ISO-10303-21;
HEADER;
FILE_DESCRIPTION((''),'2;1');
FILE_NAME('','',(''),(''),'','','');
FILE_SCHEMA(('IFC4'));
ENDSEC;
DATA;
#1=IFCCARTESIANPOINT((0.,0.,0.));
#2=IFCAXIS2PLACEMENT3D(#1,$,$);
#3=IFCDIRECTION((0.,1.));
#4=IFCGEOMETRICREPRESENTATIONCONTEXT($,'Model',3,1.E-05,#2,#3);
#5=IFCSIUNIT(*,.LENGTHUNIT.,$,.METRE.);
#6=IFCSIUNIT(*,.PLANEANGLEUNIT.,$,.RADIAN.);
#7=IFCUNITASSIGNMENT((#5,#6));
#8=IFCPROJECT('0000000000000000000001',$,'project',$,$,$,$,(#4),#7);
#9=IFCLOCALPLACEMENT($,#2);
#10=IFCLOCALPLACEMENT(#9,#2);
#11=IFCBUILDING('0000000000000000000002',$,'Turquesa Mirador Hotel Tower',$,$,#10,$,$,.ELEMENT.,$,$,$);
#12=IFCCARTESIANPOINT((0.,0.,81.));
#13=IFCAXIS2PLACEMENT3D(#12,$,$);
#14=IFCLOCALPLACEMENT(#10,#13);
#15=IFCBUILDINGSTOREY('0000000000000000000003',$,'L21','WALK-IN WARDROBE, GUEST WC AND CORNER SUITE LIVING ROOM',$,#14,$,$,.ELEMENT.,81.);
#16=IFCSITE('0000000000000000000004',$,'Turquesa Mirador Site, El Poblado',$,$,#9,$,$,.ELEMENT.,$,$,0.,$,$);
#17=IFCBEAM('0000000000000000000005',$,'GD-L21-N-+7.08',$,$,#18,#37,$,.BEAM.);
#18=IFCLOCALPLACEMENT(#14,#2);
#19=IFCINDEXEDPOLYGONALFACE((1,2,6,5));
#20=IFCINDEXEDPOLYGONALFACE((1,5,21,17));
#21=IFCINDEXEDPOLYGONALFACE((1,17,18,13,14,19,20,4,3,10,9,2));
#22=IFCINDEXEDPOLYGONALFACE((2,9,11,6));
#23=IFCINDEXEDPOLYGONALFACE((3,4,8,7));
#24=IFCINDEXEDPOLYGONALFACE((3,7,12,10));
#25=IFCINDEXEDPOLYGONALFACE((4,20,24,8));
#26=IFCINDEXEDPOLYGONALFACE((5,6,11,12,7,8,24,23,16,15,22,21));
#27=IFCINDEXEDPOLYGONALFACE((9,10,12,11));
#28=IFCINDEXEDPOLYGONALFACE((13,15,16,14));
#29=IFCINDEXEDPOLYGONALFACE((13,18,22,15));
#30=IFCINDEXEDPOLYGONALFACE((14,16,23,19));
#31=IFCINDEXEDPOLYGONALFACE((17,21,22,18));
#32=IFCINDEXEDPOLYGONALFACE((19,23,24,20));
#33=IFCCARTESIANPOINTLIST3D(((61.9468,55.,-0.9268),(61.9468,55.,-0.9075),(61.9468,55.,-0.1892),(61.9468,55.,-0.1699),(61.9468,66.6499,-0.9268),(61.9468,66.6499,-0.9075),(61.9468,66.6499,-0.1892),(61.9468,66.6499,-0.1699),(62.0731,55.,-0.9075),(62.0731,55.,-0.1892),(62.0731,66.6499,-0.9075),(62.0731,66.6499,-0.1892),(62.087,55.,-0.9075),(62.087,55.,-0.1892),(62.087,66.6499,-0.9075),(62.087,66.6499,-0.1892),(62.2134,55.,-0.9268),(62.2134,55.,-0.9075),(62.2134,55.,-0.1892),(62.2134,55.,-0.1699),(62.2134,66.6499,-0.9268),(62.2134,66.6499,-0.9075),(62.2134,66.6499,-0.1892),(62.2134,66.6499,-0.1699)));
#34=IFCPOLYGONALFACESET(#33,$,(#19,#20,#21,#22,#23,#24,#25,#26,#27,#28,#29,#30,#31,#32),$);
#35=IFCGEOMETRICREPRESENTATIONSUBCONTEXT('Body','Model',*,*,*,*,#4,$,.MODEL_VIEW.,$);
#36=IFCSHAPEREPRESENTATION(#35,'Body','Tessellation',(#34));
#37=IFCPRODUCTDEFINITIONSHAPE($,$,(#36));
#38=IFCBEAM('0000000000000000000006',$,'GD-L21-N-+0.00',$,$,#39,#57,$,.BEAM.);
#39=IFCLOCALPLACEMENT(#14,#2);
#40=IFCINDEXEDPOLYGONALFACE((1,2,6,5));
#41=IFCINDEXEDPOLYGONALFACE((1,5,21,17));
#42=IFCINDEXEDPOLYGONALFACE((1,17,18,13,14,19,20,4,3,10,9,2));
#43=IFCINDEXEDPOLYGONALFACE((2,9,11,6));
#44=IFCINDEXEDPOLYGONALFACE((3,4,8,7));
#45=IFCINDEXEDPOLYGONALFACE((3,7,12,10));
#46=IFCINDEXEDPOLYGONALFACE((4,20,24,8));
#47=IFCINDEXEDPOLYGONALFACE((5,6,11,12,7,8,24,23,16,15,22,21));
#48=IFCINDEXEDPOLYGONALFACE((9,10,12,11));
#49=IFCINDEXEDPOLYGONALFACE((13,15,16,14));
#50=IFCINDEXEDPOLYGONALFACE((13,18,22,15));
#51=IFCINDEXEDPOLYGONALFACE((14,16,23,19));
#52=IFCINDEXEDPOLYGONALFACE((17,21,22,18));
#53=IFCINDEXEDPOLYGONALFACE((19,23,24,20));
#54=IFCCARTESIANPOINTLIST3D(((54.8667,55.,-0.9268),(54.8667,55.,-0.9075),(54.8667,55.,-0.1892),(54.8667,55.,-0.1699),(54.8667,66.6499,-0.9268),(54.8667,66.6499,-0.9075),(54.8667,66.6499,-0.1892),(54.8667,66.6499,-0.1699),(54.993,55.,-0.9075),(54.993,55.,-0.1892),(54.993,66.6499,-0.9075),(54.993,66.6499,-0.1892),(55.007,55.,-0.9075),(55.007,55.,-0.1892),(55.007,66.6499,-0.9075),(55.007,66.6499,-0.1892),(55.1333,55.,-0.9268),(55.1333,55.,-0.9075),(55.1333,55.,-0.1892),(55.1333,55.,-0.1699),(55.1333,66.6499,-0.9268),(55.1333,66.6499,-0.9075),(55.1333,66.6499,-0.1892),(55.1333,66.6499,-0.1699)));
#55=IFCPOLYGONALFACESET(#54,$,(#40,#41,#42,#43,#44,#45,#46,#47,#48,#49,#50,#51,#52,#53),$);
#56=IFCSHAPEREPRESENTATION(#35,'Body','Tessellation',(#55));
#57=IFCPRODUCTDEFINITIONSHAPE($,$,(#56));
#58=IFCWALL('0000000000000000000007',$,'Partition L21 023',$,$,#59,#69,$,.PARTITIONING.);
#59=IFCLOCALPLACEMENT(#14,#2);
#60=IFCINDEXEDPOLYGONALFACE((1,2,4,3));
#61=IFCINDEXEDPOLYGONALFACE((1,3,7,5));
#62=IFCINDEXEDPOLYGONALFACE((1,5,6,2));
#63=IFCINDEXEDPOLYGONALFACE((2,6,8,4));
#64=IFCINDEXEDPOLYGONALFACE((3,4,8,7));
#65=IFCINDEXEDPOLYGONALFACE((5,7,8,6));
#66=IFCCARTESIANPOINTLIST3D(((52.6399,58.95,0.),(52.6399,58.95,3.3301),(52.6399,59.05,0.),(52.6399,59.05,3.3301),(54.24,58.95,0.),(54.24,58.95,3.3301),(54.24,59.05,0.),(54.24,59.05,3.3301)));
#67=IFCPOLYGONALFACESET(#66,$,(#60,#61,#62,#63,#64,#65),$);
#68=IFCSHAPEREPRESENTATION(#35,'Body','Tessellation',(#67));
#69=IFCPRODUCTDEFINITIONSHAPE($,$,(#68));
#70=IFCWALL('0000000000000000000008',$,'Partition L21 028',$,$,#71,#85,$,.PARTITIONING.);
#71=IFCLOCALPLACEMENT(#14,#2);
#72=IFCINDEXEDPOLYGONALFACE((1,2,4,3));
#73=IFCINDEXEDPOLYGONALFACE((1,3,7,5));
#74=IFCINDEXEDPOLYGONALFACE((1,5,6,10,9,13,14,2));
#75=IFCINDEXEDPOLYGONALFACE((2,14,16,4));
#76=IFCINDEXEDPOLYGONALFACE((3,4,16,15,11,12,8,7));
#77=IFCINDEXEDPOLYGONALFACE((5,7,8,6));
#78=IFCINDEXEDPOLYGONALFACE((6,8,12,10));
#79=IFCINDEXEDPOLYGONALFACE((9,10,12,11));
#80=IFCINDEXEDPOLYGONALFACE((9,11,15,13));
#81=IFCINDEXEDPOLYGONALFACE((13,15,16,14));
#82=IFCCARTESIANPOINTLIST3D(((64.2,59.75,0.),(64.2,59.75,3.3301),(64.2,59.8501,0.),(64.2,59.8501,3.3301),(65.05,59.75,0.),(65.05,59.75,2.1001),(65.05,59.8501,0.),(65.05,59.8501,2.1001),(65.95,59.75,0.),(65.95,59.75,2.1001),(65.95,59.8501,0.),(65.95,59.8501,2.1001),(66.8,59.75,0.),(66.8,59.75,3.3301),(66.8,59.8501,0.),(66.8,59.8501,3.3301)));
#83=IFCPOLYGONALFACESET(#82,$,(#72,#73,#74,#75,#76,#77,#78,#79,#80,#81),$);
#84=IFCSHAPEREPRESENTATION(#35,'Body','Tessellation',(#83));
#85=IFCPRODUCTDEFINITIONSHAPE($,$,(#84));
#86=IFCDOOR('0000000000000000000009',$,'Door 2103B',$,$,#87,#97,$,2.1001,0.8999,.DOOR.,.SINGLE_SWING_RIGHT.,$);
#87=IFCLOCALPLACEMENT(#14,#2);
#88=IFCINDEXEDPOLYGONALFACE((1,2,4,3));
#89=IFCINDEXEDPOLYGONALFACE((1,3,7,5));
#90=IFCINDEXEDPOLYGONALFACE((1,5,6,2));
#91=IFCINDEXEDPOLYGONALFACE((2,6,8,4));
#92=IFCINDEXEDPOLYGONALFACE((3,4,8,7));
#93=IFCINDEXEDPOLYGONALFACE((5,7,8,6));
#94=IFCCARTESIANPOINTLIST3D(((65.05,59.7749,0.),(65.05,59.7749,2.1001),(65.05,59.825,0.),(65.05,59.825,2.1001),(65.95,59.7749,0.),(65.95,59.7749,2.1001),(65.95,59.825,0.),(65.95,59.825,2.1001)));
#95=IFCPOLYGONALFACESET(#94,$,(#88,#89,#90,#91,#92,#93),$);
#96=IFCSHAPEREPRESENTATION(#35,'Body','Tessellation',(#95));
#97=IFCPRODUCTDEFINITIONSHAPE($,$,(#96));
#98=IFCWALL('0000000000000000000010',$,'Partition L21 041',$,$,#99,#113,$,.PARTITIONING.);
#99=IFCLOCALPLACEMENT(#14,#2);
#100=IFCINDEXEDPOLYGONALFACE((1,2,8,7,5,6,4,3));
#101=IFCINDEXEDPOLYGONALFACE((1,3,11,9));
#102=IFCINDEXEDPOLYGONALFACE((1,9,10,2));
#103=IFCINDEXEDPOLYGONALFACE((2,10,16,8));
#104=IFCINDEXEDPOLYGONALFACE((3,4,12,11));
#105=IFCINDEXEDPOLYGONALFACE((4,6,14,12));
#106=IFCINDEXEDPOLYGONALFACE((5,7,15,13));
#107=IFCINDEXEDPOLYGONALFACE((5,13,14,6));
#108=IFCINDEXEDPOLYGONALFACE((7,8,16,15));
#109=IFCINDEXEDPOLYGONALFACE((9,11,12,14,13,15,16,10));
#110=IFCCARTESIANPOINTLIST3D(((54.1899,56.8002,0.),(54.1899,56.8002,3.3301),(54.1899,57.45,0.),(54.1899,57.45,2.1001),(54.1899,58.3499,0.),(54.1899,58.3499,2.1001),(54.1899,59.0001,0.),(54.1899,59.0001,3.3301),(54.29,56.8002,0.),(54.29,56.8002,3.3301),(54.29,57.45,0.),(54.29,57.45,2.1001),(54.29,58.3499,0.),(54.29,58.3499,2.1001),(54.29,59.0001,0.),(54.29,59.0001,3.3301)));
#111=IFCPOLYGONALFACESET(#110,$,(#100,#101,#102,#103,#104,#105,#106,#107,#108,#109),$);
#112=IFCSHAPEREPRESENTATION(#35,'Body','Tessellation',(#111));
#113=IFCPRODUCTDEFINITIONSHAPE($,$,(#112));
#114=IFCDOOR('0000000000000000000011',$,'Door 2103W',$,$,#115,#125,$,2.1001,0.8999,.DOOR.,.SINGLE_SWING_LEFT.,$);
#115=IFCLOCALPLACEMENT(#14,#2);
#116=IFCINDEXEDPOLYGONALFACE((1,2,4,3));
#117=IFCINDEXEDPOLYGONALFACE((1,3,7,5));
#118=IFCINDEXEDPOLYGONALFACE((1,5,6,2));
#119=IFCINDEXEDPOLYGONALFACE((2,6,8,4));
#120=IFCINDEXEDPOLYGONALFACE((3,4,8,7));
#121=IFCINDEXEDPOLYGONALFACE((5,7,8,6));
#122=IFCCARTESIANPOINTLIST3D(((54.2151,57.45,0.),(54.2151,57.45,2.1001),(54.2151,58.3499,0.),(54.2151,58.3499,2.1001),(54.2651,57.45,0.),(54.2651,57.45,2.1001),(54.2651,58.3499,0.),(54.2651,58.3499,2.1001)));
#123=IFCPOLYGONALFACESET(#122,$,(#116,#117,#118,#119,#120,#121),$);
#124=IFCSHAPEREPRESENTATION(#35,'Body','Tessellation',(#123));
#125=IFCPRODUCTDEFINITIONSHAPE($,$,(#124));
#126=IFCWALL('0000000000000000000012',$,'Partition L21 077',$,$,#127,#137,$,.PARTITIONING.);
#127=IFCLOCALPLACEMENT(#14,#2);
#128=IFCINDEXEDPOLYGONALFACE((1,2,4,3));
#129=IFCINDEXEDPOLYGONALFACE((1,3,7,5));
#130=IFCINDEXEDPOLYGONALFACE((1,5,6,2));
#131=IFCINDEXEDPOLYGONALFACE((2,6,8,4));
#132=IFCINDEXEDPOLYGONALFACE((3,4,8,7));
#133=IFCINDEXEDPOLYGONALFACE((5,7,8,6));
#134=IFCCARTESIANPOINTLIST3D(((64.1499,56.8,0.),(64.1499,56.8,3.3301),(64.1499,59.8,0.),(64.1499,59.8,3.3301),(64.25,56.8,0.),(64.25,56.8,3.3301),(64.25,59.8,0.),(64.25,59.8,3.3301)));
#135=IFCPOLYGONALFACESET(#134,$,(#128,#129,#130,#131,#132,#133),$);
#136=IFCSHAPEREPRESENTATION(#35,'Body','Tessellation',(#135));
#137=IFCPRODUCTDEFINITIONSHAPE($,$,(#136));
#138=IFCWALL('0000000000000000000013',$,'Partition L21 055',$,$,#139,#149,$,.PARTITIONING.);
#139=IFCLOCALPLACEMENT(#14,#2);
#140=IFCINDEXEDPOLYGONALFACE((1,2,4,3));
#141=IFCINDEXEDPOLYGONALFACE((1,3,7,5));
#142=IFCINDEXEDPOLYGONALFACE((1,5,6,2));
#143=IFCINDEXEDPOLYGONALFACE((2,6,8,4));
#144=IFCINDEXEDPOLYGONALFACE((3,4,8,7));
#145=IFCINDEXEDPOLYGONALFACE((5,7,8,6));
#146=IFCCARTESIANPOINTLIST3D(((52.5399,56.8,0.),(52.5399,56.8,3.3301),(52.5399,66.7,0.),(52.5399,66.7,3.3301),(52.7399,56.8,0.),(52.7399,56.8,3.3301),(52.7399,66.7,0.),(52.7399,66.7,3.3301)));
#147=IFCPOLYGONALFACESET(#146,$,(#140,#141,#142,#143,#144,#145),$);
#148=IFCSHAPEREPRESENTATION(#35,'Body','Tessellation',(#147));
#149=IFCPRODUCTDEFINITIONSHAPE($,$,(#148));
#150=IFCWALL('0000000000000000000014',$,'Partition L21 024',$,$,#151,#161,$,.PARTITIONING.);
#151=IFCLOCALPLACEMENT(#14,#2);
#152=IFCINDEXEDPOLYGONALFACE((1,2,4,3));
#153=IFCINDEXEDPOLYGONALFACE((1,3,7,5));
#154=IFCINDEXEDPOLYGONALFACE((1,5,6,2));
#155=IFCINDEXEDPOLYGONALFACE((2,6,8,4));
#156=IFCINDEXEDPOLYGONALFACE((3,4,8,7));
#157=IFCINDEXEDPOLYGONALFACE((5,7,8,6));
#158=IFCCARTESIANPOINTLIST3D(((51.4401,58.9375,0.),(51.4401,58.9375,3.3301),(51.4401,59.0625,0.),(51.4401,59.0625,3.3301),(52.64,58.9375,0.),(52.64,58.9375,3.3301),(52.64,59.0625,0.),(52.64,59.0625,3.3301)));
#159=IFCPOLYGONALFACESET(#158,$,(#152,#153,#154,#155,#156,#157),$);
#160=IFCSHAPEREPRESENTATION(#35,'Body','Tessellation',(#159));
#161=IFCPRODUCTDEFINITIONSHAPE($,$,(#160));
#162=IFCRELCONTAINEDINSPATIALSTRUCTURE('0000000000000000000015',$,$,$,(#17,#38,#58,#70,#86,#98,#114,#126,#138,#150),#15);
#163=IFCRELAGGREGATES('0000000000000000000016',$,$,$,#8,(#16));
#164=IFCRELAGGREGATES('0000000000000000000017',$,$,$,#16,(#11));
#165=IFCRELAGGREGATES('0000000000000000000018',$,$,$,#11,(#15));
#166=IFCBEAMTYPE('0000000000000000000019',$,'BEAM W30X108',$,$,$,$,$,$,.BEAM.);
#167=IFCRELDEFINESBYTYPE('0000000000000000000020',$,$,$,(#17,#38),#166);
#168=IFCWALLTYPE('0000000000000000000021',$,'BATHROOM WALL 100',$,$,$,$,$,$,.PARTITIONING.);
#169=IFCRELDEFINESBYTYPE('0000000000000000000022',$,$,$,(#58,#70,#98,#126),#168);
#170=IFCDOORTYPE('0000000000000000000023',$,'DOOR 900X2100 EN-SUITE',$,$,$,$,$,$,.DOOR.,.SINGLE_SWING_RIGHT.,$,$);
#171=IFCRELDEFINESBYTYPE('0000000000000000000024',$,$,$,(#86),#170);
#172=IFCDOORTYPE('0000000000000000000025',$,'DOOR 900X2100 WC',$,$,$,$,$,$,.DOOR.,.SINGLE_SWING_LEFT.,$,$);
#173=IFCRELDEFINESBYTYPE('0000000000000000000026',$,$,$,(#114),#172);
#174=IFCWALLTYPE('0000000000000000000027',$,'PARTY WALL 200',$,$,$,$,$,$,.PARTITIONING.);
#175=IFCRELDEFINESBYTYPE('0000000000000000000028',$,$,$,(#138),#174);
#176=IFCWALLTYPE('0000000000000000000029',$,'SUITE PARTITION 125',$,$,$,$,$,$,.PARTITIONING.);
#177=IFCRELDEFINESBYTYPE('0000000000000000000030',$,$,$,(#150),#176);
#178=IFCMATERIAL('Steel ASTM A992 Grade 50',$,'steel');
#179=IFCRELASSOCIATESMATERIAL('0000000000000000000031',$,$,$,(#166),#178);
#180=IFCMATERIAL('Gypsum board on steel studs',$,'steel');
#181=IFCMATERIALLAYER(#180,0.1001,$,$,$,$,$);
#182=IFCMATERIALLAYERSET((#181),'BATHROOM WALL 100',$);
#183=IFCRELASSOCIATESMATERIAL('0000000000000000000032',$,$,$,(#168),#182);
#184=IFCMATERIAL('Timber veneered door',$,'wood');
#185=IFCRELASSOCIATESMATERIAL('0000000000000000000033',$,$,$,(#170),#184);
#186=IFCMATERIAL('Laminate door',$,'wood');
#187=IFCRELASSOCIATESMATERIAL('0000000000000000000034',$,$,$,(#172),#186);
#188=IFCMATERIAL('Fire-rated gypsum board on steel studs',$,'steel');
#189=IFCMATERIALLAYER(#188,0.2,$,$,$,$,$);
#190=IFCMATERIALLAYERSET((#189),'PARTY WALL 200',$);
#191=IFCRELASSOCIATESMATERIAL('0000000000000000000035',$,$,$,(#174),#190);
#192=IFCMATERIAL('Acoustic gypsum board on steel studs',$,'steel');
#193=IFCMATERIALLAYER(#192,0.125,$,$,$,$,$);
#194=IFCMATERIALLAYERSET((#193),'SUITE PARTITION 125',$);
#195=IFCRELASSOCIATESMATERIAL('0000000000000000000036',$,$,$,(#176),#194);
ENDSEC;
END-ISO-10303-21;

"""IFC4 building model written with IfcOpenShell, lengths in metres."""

from ifc_helpers import new_model, si_unit, direction, frame, frame_2d, origin, origin_2d, place, context, subcontext, project, spatial, rectangle, i_section, extrude, material, layer, layer_set, material_profile, profile_set, type_object, element, fill, save


model = new_model("IFC4")

# Units and contexts
model_context = context("Model", 3, precision=1e-05, world=origin(), true_north=direction((0.0, 1.0)))
body_context = subcontext(model_context, "Body", "Model", "MODEL_VIEW")
ifc_project = project(units=[si_unit("LENGTHUNIT", "METRE"), si_unit("PLANEANGLEUNIT", "RADIAN")], contexts=[model_context])

# Site, building, storey
site_placement = place(None, origin())
site = spatial("IfcSite", under=ifc_project, at=site_placement, Name="Turquesa Mirador Site, El Poblado", CompositionType="ELEMENT", RefElevation=0.0)
building_placement = place(site_placement, origin())
building = spatial("IfcBuilding", under=site, at=building_placement, Name="Turquesa Mirador Hotel Tower", CompositionType="ELEMENT")
storey_placement = place(building_placement, frame((0.0, 0.0, 81.0)))
storey = spatial("IfcBuildingStorey", under=building, at=storey_placement, Name="L21", Description="WALK-IN WARDROBE, GUEST WC AND CORNER SUITE LIVING ROOM", CompositionType="ELEMENT", Elevation=81.0)

# Beams
ifc_material_1 = material(Name="Steel ASTM A992 Grade 50", Category="steel")
ifc_material_profile_1 = material_profile(ifc_material_1, i_section(OverallWidth=0.2666, OverallDepth=0.7568, WebThickness=0.0139, FlangeThickness=0.0193, at=origin_2d()), Name="W30X108")
ifc_profile_set_1 = profile_set([ifc_material_profile_1], Name="Steel ASTM A992 Grade 50")
beam_type_1 = type_object("IfcBeamType", Name="BEAM W30X108", PredefinedType="BEAM", material=ifc_profile_set_1)
for number, where, z_axis, x_axis, name in (
    (1, (62.0801, 66.6499, -0.5483), (0.0, -1.0, 0.0), (1.0, 0.0, 0.0), "GD-L21-N-+7.08"),
    (2, (55.0, 66.6499, -0.5483), (0.0, -1.0, 0.0), (1.0, 0.0, 0.0), "GD-L21-N-+0.00"),
):
    element("IfcBeam", number, at=place(storey_placement, frame(where, z_axis=z_axis, x_axis=x_axis)), inside=storey, type_object=beam_type_1, Name=name, PredefinedType="BEAM", context=body_context, shape_type="SweptSolid", body=[
        extrude(i_section(OverallWidth=0.2666, OverallDepth=0.7568, WebThickness=0.0139, FlangeThickness=0.0193, at=origin_2d()), origin(), (0.0, 0.0, 1.0), 11.6499),
    ])

# Wall
ifc_material_2 = material(Name="Gypsum board on steel studs", Category="steel")
ifc_layer_1 = layer(ifc_material_2, 0.1001)
ifc_layer_set_1 = layer_set([ifc_layer_1], Name="BATHROOM WALL 100")
wall_type_1 = type_object("IfcWallType", Name="BATHROOM WALL 100", PredefinedType="PARTITIONING", material=ifc_layer_set_1)
wall_1_placement = place(storey_placement, frame((52.6399, 59.0, 0.0), z_axis=(0.0, 0.0, 1.0), x_axis=(1.0, 0.0, 0.0)))
element("IfcWall", 3, at=wall_1_placement, inside=storey, type_object=wall_type_1, Name="Partition L21 023", PredefinedType="PARTITIONING", context=body_context, shape_type="SweptSolid", body=[
    extrude(rectangle(XDim=1.6001, YDim=0.1001, at=frame_2d((0.8, 0.0))), origin(), (0.0, 0.0, 1.0), 3.3301),
])

# Walls, openings, doors
wall_2_placement = place(storey_placement, frame((64.2, 59.8, 0.0), z_axis=(0.0, 0.0, 1.0), x_axis=(1.0, 0.0, 0.0)))
wall_2 = element("IfcWall", 4, at=wall_2_placement, inside=storey, type_object=wall_type_1, Name="Partition L21 028", PredefinedType="PARTITIONING", context=body_context, shape_type="SweptSolid", body=[
    extrude(rectangle(XDim=2.6001, YDim=0.1001, at=frame_2d((1.3, 0.0))), origin(), (0.0, 0.0, 1.0), 3.3301),
])
opening_1_placement = place(wall_2_placement, frame((0.8501, 0.0, 0.0)))
opening_1 = element("IfcOpeningElement", 5, at=opening_1_placement, cuts=wall_2, PredefinedType="OPENING", context=body_context, shape_type="SweptSolid", body=[
    extrude(rectangle(XDim=0.8999, YDim=2.1001, at=frame_2d((0.45, 1.05))), frame((0.0, 0.0601, 0.0), z_axis=(0.0, -1.0, 0.0), x_axis=(1.0, 0.0, 0.0)), (0.0, 0.0, 1.0), 0.1201),
])
ifc_material_3 = material(Name="Timber veneered door", Category="wood")
door_type_1 = type_object("IfcDoorType", Name="DOOR 900X2100 EN-SUITE", OperationType="SINGLE_SWING_RIGHT", PredefinedType="DOOR", material=ifc_material_3)
door_1_placement = place(opening_1_placement, origin())
door_1 = element("IfcDoor", 6, at=door_1_placement, inside=storey, type_object=door_type_1, Name="Door 2103B", OperationType="SINGLE_SWING_RIGHT", OverallHeight=2.1001, OverallWidth=0.8999, PredefinedType="DOOR", context=body_context, shape_type="SweptSolid", body=[
    extrude(rectangle(XDim=0.8999, YDim=2.1001, at=frame_2d((0.45, 1.05))), frame((0.0, 0.0249, 0.0), z_axis=(0.0, -1.0, 0.0), x_axis=(1.0, 0.0, 0.0)), (0.0, 0.0, 1.0), 0.05),
])
fill(opening_1, door_1)
wall_3_placement = place(storey_placement, frame((54.24, 56.8, 0.0), z_axis=(0.0, 0.0, 1.0), x_axis=(0.0, 1.0, 0.0)))
wall_3 = element("IfcWall", 7, at=wall_3_placement, inside=storey, type_object=wall_type_1, Name="Partition L21 041", PredefinedType="PARTITIONING", context=body_context, shape_type="SweptSolid", body=[
    extrude(rectangle(XDim=2.2, YDim=0.1001, at=frame_2d((1.1001, 0.0))), origin(), (0.0, 0.0, 1.0), 3.3301),
])
opening_2_placement = place(wall_3_placement, frame((0.6499, 0.0, 0.0)))
opening_2 = element("IfcOpeningElement", 8, at=opening_2_placement, cuts=wall_3, PredefinedType="OPENING", context=body_context, shape_type="SweptSolid", body=[
    extrude(rectangle(XDim=0.8999, YDim=2.1001, at=frame_2d((0.45, 1.05))), frame((0.0, 0.0601, 0.0), z_axis=(0.0, -1.0, 0.0), x_axis=(1.0, 0.0, 0.0)), (0.0, 0.0, 1.0), 0.1201),
])
ifc_material_4 = material(Name="Laminate door", Category="wood")
door_type_2 = type_object("IfcDoorType", Name="DOOR 900X2100 WC", OperationType="SINGLE_SWING_LEFT", PredefinedType="DOOR", material=ifc_material_4)
door_2_placement = place(opening_2_placement, origin())
door_2 = element("IfcDoor", 9, at=door_2_placement, inside=storey, type_object=door_type_2, Name="Door 2103W", OperationType="SINGLE_SWING_LEFT", OverallHeight=2.1001, OverallWidth=0.8999, PredefinedType="DOOR", context=body_context, shape_type="SweptSolid", body=[
    extrude(rectangle(XDim=0.8999, YDim=2.1001, at=frame_2d((0.45, 1.05))), frame((0.0, 0.0249, 0.0), z_axis=(0.0, -1.0, 0.0), x_axis=(1.0, 0.0, 0.0)), (0.0, 0.0, 1.0), 0.05),
])
fill(opening_2, door_2)

# Walls
wall_4_placement = place(storey_placement, frame((64.2, 56.8, 0.0), z_axis=(0.0, 0.0, 1.0), x_axis=(0.0, 1.0, 0.0)))
element("IfcWall", 10, at=wall_4_placement, inside=storey, type_object=wall_type_1, Name="Partition L21 077", PredefinedType="PARTITIONING", context=body_context, shape_type="SweptSolid", body=[
    extrude(rectangle(XDim=3.0, YDim=0.1001, at=frame_2d((1.5, 0.0))), origin(), (0.0, 0.0, 1.0), 3.3301),
])
ifc_material_5 = material(Name="Fire-rated gypsum board on steel studs", Category="steel")
ifc_layer_2 = layer(ifc_material_5, 0.2)
ifc_layer_set_2 = layer_set([ifc_layer_2], Name="PARTY WALL 200")
wall_type_2 = type_object("IfcWallType", Name="PARTY WALL 200", PredefinedType="PARTITIONING", material=ifc_layer_set_2)
wall_5_placement = place(storey_placement, frame((52.6399, 56.8, 0.0), z_axis=(0.0, 0.0, 1.0), x_axis=(0.0, 1.0, 0.0)))
element("IfcWall", 11, at=wall_5_placement, inside=storey, type_object=wall_type_2, Name="Partition L21 055", PredefinedType="PARTITIONING", context=body_context, shape_type="SweptSolid", body=[
    extrude(rectangle(XDim=9.8999, YDim=0.2, at=frame_2d((4.95, 0.0))), origin(), (0.0, 0.0, 1.0), 3.3301),
])
ifc_material_6 = material(Name="Acoustic gypsum board on steel studs", Category="steel")
ifc_layer_3 = layer(ifc_material_6, 0.125)
ifc_layer_set_3 = layer_set([ifc_layer_3], Name="SUITE PARTITION 125")
wall_type_3 = type_object("IfcWallType", Name="SUITE PARTITION 125", PredefinedType="PARTITIONING", material=ifc_layer_set_3)
wall_6_placement = place(storey_placement, frame((51.4399, 59.0, 0.0), z_axis=(0.0, 0.0, 1.0), x_axis=(1.0, 0.0, 0.0)))
element("IfcWall", 12, at=wall_6_placement, inside=storey, type_object=wall_type_3, Name="Partition L21 024", PredefinedType="PARTITIONING", context=body_context, shape_type="SweptSolid", body=[
    extrude(rectangle(XDim=1.2, YDim=0.125, at=frame_2d((0.6001, 0.0))), origin(), (0.0, 0.0, 1.0), 3.3301),
])

save(model, "model.ifc")
